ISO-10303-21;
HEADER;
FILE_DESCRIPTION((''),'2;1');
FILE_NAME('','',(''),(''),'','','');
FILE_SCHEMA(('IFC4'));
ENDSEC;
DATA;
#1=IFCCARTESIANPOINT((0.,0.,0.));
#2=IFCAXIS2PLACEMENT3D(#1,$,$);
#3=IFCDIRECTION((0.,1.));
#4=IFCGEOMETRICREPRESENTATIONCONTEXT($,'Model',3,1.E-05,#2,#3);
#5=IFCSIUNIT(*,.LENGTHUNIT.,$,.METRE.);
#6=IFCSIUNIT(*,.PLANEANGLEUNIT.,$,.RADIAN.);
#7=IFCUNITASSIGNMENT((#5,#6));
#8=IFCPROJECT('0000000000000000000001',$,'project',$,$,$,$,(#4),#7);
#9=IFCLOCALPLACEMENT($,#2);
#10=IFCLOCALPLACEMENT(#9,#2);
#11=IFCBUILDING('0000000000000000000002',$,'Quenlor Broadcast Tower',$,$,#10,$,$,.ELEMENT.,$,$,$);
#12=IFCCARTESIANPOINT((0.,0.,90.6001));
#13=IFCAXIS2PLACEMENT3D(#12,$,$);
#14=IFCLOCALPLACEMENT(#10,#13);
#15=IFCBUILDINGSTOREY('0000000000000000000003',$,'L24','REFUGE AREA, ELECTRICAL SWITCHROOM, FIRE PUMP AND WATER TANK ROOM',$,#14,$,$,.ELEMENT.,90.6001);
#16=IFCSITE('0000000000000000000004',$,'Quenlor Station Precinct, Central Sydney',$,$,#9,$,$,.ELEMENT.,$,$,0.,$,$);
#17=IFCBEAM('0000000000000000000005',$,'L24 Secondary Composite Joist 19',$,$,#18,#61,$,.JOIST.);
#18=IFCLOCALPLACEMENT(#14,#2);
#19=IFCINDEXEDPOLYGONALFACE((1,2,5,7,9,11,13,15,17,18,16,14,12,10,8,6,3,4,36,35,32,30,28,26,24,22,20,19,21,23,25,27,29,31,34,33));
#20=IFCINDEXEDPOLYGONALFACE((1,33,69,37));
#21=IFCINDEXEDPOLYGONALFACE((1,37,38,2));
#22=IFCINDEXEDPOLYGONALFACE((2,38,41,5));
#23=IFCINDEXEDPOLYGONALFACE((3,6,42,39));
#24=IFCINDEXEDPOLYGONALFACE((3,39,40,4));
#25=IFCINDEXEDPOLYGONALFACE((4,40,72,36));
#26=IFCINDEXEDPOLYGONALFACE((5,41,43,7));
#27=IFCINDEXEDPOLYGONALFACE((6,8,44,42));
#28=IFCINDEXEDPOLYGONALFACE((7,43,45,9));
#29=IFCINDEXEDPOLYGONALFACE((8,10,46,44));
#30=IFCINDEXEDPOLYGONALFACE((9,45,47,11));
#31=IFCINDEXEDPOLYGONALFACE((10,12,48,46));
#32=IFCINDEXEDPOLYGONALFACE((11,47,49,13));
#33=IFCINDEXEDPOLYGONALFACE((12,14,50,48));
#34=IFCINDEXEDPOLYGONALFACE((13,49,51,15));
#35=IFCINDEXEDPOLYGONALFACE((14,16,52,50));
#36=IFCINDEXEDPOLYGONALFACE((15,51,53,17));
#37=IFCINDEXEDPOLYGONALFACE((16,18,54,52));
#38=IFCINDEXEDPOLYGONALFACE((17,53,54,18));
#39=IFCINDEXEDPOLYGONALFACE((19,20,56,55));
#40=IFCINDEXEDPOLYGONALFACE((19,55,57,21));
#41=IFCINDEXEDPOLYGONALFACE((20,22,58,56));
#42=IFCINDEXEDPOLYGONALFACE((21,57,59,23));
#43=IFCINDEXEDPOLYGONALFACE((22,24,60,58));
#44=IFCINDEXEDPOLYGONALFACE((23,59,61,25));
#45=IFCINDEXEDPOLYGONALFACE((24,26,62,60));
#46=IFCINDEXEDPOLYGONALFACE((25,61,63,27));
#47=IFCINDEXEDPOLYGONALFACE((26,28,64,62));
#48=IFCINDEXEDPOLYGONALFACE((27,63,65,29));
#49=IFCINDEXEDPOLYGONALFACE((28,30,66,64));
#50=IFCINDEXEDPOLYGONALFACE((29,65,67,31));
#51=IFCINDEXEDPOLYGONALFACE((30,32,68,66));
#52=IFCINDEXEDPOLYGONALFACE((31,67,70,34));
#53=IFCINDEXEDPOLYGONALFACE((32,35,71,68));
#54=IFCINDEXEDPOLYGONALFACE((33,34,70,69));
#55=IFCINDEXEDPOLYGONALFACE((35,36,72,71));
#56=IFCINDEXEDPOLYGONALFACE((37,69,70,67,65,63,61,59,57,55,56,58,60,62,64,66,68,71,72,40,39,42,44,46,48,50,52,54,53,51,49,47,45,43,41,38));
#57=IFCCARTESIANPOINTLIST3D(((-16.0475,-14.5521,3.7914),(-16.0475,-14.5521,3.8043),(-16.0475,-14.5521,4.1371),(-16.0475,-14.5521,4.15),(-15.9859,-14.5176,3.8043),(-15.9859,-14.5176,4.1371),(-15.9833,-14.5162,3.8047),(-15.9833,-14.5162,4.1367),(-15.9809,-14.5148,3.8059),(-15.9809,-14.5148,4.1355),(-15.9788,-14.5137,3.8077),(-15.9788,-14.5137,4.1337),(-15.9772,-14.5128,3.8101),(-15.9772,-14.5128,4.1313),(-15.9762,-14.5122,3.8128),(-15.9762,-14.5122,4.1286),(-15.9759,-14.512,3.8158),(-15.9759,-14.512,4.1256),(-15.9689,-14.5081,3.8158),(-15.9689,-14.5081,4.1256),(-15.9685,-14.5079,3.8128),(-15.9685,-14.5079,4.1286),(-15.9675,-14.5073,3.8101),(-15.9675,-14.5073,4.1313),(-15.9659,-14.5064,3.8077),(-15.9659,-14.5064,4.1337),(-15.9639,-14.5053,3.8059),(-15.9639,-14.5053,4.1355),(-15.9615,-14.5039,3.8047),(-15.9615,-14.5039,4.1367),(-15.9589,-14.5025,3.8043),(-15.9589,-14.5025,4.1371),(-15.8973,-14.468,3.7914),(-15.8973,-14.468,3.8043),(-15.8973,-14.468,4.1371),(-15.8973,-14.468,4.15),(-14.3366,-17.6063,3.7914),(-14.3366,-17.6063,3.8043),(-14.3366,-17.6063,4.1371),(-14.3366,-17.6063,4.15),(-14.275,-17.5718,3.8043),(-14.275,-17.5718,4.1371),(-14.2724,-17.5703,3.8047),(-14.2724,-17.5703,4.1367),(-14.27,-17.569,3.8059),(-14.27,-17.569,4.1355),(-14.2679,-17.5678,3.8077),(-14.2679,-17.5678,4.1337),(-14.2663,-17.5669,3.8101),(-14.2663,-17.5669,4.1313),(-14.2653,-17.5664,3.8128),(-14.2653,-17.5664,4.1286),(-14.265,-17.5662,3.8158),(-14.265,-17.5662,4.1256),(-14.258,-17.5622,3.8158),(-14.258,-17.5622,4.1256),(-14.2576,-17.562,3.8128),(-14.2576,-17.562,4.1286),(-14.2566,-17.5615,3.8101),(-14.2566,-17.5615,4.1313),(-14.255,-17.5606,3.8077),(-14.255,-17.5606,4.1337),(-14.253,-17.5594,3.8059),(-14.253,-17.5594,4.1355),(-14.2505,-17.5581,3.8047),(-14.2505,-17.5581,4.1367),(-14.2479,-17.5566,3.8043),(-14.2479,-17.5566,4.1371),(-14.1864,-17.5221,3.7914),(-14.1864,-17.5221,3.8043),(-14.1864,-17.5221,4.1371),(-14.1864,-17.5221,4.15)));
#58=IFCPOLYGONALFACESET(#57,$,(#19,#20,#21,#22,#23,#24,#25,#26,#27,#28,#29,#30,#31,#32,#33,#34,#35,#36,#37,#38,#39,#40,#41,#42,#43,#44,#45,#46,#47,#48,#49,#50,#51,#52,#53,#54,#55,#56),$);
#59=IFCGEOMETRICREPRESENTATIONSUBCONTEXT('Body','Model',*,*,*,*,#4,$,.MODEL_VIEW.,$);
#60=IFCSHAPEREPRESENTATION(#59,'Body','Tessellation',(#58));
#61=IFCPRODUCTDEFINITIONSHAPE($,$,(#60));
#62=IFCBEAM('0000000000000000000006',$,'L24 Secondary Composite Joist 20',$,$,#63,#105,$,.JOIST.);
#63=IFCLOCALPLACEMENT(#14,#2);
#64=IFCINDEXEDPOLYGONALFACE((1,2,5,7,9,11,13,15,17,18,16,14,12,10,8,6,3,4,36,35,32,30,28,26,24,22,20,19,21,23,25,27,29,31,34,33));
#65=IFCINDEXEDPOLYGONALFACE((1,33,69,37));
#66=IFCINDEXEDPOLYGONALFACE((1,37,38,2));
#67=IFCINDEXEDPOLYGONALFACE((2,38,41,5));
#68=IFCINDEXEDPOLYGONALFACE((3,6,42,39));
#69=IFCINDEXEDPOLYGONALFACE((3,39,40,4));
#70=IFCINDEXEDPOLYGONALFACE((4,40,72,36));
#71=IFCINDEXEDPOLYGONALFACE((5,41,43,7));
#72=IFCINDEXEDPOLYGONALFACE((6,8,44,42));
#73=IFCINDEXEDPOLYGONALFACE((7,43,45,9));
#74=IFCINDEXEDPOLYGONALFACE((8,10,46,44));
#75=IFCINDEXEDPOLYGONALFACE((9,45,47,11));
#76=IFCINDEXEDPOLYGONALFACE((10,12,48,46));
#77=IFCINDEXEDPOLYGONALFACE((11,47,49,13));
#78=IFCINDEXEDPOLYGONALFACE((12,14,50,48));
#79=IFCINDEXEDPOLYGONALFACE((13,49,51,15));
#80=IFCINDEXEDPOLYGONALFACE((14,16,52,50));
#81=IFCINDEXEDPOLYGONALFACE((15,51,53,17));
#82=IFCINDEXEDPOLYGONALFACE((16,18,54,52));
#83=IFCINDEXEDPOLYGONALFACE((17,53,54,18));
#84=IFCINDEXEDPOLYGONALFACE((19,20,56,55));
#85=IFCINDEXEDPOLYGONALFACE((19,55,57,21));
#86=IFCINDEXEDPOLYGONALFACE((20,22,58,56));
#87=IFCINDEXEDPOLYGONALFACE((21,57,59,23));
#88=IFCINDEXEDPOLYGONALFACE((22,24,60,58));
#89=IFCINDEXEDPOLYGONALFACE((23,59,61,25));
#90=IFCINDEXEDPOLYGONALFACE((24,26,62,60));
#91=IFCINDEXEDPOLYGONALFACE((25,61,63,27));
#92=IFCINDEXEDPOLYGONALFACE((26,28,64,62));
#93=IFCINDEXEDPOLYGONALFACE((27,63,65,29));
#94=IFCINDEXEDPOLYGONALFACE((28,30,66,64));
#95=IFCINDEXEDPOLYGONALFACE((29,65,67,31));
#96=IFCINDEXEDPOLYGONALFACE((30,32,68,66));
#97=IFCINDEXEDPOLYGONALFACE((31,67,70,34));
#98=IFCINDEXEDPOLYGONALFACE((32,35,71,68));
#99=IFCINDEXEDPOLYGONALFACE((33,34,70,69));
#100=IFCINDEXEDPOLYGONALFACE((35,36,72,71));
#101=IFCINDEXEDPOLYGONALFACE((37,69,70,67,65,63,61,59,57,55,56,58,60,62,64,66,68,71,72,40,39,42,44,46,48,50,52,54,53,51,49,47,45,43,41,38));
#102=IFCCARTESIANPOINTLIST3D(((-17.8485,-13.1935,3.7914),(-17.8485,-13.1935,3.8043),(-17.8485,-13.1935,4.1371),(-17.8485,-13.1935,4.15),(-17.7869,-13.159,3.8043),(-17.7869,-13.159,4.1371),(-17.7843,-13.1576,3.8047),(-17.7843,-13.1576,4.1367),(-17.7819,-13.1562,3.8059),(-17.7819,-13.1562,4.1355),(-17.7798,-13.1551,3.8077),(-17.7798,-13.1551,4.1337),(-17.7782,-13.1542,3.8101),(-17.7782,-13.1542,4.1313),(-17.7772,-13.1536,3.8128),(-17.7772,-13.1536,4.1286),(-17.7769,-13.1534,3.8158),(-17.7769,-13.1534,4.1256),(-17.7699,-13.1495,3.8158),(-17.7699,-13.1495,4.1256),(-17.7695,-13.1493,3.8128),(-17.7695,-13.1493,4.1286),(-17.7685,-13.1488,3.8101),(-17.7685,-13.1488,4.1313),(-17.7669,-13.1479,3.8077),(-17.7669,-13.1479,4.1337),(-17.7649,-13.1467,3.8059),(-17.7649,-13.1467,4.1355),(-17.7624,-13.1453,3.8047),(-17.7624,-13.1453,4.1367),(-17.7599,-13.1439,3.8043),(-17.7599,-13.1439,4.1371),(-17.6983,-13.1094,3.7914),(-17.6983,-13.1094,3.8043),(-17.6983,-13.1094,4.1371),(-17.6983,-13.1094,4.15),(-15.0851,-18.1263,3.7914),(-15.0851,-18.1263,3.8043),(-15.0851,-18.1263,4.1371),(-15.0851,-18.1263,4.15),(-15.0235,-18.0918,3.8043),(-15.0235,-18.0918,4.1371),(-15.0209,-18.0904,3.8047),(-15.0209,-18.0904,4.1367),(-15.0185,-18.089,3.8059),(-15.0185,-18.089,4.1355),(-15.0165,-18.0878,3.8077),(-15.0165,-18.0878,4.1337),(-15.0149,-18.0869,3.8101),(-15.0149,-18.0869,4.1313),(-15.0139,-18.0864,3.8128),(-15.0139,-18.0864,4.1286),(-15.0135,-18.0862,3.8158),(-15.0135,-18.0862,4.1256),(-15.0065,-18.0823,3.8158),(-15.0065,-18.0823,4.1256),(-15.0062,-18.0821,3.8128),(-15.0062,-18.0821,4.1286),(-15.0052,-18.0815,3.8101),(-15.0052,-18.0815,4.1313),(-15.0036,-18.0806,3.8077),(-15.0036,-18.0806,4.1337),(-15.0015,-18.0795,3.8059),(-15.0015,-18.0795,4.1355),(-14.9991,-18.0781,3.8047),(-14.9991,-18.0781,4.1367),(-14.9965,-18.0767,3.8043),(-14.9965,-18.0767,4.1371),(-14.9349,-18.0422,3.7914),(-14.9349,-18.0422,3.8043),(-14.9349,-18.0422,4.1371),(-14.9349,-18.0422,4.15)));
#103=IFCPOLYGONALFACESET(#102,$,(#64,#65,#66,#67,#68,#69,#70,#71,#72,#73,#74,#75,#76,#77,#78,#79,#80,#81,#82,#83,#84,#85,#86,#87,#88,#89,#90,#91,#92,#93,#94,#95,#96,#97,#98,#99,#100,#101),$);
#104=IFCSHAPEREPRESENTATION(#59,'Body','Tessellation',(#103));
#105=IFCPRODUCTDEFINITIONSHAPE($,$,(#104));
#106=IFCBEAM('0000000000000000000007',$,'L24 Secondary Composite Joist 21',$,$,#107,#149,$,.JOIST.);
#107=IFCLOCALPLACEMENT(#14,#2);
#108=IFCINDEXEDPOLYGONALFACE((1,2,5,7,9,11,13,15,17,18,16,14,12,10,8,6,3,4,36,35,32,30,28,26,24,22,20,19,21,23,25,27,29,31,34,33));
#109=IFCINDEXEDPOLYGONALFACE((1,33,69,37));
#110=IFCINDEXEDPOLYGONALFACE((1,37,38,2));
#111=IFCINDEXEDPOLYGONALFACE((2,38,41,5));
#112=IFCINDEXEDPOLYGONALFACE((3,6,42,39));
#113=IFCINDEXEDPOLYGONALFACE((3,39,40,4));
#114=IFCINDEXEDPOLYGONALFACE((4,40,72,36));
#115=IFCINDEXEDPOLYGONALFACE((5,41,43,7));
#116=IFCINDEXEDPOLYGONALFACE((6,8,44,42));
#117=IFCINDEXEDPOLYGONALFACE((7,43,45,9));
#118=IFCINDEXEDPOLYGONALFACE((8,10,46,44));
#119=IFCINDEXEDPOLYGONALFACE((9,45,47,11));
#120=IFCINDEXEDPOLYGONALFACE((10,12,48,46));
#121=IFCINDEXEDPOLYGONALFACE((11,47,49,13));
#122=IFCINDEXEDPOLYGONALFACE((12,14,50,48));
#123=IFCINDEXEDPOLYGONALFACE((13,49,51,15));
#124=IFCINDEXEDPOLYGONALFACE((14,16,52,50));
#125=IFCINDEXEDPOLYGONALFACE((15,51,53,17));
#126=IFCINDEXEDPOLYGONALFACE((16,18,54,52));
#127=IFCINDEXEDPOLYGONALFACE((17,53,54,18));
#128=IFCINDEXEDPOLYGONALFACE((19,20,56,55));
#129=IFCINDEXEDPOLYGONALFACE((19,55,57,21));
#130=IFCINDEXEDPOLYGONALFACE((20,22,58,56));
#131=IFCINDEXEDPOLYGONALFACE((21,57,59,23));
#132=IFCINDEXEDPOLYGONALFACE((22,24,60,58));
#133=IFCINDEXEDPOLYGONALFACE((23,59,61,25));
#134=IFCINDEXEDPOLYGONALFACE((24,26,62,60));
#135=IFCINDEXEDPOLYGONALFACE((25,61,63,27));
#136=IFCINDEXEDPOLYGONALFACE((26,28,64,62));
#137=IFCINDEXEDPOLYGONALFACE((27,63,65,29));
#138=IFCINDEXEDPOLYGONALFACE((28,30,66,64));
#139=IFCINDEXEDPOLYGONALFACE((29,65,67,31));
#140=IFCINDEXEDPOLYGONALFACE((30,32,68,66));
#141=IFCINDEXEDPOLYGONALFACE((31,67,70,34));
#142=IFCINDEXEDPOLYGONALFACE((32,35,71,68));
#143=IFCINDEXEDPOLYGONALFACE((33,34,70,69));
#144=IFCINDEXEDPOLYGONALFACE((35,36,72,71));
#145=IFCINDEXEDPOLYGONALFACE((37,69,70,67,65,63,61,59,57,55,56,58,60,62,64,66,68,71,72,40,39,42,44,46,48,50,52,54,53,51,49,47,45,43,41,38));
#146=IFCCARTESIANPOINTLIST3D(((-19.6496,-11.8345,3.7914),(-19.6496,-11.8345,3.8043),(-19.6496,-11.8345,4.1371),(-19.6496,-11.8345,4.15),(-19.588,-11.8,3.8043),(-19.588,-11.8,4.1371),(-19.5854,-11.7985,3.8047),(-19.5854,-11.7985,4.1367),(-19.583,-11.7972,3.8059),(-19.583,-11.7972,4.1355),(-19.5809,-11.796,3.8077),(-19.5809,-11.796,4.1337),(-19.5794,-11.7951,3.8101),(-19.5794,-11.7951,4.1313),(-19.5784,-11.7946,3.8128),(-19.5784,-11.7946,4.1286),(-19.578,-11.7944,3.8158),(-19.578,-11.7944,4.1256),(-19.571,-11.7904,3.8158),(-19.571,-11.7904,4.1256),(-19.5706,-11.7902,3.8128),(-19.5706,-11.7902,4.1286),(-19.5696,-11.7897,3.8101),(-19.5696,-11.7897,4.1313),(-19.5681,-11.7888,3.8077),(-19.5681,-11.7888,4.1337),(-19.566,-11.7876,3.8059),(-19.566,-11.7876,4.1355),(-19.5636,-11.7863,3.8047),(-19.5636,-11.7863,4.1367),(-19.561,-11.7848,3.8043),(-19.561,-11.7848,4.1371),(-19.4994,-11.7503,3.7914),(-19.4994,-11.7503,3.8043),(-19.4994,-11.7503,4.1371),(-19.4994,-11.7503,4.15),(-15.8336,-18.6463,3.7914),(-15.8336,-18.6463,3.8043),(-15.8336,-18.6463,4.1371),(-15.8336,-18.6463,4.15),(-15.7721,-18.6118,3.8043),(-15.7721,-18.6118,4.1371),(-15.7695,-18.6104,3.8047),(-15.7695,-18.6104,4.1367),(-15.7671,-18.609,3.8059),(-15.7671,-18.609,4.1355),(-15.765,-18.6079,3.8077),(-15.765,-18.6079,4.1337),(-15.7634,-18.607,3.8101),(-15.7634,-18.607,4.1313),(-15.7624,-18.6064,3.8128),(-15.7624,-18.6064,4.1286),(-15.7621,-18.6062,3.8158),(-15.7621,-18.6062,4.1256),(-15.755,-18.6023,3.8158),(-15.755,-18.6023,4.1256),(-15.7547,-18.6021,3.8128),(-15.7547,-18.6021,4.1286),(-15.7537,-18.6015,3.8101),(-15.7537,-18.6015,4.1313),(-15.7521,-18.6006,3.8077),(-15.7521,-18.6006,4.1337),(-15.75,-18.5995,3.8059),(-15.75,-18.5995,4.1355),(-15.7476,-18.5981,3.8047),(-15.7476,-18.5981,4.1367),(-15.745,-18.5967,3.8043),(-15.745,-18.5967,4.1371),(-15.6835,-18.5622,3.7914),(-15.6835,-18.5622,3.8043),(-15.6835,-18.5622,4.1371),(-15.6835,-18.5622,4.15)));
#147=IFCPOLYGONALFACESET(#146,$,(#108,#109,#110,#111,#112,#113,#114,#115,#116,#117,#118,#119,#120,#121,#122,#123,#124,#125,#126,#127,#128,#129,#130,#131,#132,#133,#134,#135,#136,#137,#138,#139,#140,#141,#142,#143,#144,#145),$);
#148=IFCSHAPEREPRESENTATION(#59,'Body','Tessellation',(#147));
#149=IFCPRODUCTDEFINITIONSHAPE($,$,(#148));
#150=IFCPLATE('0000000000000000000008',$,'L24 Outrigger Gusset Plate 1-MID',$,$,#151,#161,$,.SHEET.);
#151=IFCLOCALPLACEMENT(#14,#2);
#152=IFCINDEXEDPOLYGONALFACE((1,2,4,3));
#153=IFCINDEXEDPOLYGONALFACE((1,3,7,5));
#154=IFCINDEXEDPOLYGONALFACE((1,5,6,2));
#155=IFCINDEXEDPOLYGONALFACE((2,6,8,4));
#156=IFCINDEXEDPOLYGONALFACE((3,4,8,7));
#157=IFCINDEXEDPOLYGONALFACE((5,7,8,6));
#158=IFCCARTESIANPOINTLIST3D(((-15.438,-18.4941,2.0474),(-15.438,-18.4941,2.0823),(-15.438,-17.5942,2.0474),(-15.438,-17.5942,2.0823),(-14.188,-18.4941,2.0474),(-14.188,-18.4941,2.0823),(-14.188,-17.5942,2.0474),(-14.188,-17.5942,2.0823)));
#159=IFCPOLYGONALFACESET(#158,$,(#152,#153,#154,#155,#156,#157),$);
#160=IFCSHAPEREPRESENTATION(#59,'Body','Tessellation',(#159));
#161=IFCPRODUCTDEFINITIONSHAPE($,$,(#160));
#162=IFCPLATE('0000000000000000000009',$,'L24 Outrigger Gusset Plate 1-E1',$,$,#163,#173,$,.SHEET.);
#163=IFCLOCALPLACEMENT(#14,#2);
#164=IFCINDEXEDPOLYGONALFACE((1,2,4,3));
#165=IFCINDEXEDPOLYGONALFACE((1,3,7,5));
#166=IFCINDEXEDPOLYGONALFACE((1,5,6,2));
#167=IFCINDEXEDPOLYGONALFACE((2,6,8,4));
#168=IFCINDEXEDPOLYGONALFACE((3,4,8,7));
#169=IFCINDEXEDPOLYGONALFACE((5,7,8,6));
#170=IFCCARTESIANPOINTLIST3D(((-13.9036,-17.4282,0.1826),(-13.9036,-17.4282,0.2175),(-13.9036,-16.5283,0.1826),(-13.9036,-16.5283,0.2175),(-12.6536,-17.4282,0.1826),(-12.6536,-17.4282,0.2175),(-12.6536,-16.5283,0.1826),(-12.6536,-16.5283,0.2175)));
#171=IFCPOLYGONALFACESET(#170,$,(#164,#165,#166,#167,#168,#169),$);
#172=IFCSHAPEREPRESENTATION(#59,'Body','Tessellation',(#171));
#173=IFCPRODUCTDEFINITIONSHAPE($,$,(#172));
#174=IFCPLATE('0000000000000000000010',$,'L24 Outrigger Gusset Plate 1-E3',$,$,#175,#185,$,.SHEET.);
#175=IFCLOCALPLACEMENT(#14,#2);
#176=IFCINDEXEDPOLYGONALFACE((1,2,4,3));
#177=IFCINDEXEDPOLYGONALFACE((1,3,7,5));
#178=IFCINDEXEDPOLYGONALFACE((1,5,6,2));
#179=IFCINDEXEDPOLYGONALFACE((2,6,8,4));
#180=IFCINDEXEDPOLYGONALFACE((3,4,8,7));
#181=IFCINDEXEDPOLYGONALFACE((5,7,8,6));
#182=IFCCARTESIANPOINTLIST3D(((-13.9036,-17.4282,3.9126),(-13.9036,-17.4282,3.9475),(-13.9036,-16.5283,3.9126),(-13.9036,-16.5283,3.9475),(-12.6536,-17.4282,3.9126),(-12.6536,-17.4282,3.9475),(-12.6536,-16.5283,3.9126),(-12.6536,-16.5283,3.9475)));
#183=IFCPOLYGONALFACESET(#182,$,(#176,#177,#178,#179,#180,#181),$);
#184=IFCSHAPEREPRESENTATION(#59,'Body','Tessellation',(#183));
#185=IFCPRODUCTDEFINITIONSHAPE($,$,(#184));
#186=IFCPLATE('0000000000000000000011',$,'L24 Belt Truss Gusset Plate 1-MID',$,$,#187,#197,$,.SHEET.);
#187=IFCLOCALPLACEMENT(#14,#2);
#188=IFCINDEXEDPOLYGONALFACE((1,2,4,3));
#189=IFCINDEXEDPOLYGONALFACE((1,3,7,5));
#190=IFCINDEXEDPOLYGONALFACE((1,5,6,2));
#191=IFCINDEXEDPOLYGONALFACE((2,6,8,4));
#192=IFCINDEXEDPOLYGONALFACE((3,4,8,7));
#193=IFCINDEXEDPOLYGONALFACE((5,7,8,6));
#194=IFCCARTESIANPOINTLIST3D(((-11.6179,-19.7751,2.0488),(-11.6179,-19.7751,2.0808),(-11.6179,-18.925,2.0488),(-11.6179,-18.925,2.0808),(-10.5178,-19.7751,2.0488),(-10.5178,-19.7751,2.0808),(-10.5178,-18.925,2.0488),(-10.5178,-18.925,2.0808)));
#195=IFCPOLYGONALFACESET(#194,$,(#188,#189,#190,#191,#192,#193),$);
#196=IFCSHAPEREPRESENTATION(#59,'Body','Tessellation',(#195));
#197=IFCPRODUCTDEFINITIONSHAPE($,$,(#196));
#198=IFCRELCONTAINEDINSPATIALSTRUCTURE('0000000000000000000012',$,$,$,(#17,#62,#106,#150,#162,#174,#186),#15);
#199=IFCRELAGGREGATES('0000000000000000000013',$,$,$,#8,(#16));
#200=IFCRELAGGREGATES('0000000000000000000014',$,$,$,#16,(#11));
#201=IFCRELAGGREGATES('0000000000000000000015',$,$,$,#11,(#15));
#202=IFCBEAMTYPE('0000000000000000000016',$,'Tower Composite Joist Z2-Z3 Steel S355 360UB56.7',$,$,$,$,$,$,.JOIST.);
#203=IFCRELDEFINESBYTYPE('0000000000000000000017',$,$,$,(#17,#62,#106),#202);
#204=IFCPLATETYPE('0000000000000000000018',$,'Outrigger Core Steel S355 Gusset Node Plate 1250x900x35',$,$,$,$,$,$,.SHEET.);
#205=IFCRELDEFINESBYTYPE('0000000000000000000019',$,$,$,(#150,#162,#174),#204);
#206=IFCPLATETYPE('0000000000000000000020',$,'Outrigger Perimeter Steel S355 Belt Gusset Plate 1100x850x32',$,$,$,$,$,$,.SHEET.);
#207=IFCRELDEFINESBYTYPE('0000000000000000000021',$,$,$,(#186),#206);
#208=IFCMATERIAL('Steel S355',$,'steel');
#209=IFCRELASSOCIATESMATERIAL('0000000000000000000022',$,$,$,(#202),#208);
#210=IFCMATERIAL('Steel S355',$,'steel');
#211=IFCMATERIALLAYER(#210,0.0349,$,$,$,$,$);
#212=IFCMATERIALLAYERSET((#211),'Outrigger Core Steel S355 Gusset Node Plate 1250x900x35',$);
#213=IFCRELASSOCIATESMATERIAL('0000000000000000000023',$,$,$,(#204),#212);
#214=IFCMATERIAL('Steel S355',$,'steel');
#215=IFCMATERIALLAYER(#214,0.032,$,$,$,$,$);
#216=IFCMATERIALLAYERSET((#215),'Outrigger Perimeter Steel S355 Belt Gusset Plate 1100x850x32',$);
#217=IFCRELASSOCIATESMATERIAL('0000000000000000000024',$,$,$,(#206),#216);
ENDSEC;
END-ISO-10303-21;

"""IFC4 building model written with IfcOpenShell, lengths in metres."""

from ifc_helpers import new_model, si_unit, direction, frame, origin, origin_2d, place, context, subcontext, project, spatial, rectangle, i_section, extrude, material, layer, layer_set, material_profile, profile_set, type_object, element, save


model = new_model("IFC4")

# Units and contexts
model_context = context("Model", 3, precision=1e-05, world=origin(), true_north=direction((0.0, 1.0)))
body_context = subcontext(model_context, "Body", "Model", "MODEL_VIEW")
ifc_project = project(units=[si_unit("LENGTHUNIT", "METRE"), si_unit("PLANEANGLEUNIT", "RADIAN")], contexts=[model_context])

# Site, building, storey
site_placement = place(None, origin())
site = spatial("IfcSite", under=ifc_project, at=site_placement, Name="Quenlor Station Precinct, Central Sydney", CompositionType="ELEMENT", RefElevation=0.0)
building_placement = place(site_placement, origin())
building = spatial("IfcBuilding", under=site, at=building_placement, Name="Quenlor Broadcast Tower", CompositionType="ELEMENT")
storey_placement = place(building_placement, frame((0.0, 0.0, 90.6001)))
storey = spatial("IfcBuildingStorey", under=building, at=storey_placement, Name="L24", Description="REFUGE AREA, ELECTRICAL SWITCHROOM, FIRE PUMP AND WATER TANK ROOM", CompositionType="ELEMENT", Elevation=90.6001)

# Beams
ifc_material_1 = material(Name="Steel S355", Category="steel")
ifc_material_profile_1 = material_profile(ifc_material_1, i_section(OverallWidth=0.1721, OverallDepth=0.3586, WebThickness=0.0081, FlangeThickness=0.0129, FilletRadius=0.0115, at=origin_2d()))
ifc_profile_set_1 = profile_set([ifc_material_profile_1], Name="Steel S355 360UB56.7")
beam_type = type_object("IfcBeamType", Name="Tower Composite Joist Z2-Z3 Steel S355 360UB56.7", PredefinedType="JOIST", material=ifc_profile_set_1)
beam_1_placement = place(storey_placement, frame((-14.2615, -17.5642, 3.9707), z_axis=(-0.488731, 0.872435, 0.0), x_axis=(-0.872435, -0.488731, 0.0)))
element("IfcBeam", 1, at=beam_1_placement, inside=storey, type_object=beam_type, Name="L24 Secondary Composite Joist 19", PredefinedType="JOIST", context=body_context, shape_type="SweptSolid", body=[
    extrude(i_section(OverallWidth=0.1721, OverallDepth=0.3586, WebThickness=0.0081, FlangeThickness=0.0129, FilletRadius=0.0115, at=origin_2d()), origin(), (0.0, 0.0, 1.0), 3.5007),
])
beam_2_placement = place(storey_placement, frame((-15.01, -18.0842, 3.9707), z_axis=(-0.488741, 0.872429, 0.0), x_axis=(-0.872429, -0.488741, 0.0)))
element("IfcBeam", 2, at=beam_2_placement, inside=storey, type_object=beam_type, Name="L24 Secondary Composite Joist 20", PredefinedType="JOIST", context=body_context, shape_type="SweptSolid", body=[
    extrude(i_section(OverallWidth=0.1721, OverallDepth=0.3586, WebThickness=0.0081, FlangeThickness=0.0129, FilletRadius=0.0115, at=origin_2d()), origin(), (0.0, 0.0, 1.0), 5.6541),
])
beam_3_placement = place(storey_placement, frame((-15.7585, -18.6042, 3.9707), z_axis=(-0.488733, 0.872433, 0.0), x_axis=(-0.872433, -0.488733, 0.0)))
element("IfcBeam", 3, at=beam_3_placement, inside=storey, type_object=beam_type, Name="L24 Secondary Composite Joist 21", PredefinedType="JOIST", context=body_context, shape_type="SweptSolid", body=[
    extrude(i_section(OverallWidth=0.1721, OverallDepth=0.3586, WebThickness=0.0081, FlangeThickness=0.0129, FilletRadius=0.0115, at=origin_2d()), origin(), (0.0, 0.0, 1.0), 7.8079),
])

# Plates
ifc_material_2 = material(Name="Steel S355", Category="steel")
ifc_layer_1 = layer(ifc_material_2, 0.0349)
ifc_layer_set_1 = layer_set([ifc_layer_1], Name="Outrigger Core Steel S355 Gusset Node Plate 1250x900x35")
plate_type_1 = type_object("IfcPlateType", Name="Outrigger Core Steel S355 Gusset Node Plate 1250x900x35", PredefinedType="SHEET", material=ifc_layer_set_1)
for number, where, z_axis, x_axis, name in (
    (4, (-14.813, -18.0442, 2.0474), (0.0, 0.0, 1.0), (1.0, 0.0, 0.0), "L24 Outrigger Gusset Plate 1-MID"),
    (5, (-13.2786, -16.9783, 0.1826), (0.0, 0.0, 1.0), (1.0, 0.0, 0.0), "L24 Outrigger Gusset Plate 1-E1"),
    (6, (-13.2786, -16.9783, 3.9126), (0.0, 0.0, 1.0), (1.0, 0.0, 0.0), "L24 Outrigger Gusset Plate 1-E3"),
):
    element("IfcPlate", number, at=place(storey_placement, frame(where, z_axis=z_axis, x_axis=x_axis)), inside=storey, type_object=plate_type_1, Name=name, PredefinedType="SHEET", context=body_context, shape_type="SweptSolid", body=[
        extrude(rectangle(XDim=1.25, YDim=0.8999, at=origin_2d()), origin(), (0.0, 0.0, 1.0), 0.0349),
    ])
ifc_material_3 = material(Name="Steel S355", Category="steel")
ifc_layer_2 = layer(ifc_material_3, 0.032)
ifc_layer_set_2 = layer_set([ifc_layer_2], Name="Outrigger Perimeter Steel S355 Belt Gusset Plate 1100x850x32")
plate_type_2 = type_object("IfcPlateType", Name="Outrigger Perimeter Steel S355 Belt Gusset Plate 1100x850x32", PredefinedType="SHEET", material=ifc_layer_set_2)
plate_1_placement = place(storey_placement, frame((-11.0679, -19.3501, 2.0488), z_axis=(0.0, 0.0, 1.0), x_axis=(1.0, 0.0, 0.0)))
element("IfcPlate", 7, at=plate_1_placement, inside=storey, type_object=plate_type_2, Name="L24 Belt Truss Gusset Plate 1-MID", PredefinedType="SHEET", context=body_context, shape_type="SweptSolid", body=[
    extrude(rectangle(XDim=1.1001, YDim=0.8501, at=origin_2d()), origin(), (0.0, 0.0, 1.0), 0.032),
])

save(model, "model.ifc")
